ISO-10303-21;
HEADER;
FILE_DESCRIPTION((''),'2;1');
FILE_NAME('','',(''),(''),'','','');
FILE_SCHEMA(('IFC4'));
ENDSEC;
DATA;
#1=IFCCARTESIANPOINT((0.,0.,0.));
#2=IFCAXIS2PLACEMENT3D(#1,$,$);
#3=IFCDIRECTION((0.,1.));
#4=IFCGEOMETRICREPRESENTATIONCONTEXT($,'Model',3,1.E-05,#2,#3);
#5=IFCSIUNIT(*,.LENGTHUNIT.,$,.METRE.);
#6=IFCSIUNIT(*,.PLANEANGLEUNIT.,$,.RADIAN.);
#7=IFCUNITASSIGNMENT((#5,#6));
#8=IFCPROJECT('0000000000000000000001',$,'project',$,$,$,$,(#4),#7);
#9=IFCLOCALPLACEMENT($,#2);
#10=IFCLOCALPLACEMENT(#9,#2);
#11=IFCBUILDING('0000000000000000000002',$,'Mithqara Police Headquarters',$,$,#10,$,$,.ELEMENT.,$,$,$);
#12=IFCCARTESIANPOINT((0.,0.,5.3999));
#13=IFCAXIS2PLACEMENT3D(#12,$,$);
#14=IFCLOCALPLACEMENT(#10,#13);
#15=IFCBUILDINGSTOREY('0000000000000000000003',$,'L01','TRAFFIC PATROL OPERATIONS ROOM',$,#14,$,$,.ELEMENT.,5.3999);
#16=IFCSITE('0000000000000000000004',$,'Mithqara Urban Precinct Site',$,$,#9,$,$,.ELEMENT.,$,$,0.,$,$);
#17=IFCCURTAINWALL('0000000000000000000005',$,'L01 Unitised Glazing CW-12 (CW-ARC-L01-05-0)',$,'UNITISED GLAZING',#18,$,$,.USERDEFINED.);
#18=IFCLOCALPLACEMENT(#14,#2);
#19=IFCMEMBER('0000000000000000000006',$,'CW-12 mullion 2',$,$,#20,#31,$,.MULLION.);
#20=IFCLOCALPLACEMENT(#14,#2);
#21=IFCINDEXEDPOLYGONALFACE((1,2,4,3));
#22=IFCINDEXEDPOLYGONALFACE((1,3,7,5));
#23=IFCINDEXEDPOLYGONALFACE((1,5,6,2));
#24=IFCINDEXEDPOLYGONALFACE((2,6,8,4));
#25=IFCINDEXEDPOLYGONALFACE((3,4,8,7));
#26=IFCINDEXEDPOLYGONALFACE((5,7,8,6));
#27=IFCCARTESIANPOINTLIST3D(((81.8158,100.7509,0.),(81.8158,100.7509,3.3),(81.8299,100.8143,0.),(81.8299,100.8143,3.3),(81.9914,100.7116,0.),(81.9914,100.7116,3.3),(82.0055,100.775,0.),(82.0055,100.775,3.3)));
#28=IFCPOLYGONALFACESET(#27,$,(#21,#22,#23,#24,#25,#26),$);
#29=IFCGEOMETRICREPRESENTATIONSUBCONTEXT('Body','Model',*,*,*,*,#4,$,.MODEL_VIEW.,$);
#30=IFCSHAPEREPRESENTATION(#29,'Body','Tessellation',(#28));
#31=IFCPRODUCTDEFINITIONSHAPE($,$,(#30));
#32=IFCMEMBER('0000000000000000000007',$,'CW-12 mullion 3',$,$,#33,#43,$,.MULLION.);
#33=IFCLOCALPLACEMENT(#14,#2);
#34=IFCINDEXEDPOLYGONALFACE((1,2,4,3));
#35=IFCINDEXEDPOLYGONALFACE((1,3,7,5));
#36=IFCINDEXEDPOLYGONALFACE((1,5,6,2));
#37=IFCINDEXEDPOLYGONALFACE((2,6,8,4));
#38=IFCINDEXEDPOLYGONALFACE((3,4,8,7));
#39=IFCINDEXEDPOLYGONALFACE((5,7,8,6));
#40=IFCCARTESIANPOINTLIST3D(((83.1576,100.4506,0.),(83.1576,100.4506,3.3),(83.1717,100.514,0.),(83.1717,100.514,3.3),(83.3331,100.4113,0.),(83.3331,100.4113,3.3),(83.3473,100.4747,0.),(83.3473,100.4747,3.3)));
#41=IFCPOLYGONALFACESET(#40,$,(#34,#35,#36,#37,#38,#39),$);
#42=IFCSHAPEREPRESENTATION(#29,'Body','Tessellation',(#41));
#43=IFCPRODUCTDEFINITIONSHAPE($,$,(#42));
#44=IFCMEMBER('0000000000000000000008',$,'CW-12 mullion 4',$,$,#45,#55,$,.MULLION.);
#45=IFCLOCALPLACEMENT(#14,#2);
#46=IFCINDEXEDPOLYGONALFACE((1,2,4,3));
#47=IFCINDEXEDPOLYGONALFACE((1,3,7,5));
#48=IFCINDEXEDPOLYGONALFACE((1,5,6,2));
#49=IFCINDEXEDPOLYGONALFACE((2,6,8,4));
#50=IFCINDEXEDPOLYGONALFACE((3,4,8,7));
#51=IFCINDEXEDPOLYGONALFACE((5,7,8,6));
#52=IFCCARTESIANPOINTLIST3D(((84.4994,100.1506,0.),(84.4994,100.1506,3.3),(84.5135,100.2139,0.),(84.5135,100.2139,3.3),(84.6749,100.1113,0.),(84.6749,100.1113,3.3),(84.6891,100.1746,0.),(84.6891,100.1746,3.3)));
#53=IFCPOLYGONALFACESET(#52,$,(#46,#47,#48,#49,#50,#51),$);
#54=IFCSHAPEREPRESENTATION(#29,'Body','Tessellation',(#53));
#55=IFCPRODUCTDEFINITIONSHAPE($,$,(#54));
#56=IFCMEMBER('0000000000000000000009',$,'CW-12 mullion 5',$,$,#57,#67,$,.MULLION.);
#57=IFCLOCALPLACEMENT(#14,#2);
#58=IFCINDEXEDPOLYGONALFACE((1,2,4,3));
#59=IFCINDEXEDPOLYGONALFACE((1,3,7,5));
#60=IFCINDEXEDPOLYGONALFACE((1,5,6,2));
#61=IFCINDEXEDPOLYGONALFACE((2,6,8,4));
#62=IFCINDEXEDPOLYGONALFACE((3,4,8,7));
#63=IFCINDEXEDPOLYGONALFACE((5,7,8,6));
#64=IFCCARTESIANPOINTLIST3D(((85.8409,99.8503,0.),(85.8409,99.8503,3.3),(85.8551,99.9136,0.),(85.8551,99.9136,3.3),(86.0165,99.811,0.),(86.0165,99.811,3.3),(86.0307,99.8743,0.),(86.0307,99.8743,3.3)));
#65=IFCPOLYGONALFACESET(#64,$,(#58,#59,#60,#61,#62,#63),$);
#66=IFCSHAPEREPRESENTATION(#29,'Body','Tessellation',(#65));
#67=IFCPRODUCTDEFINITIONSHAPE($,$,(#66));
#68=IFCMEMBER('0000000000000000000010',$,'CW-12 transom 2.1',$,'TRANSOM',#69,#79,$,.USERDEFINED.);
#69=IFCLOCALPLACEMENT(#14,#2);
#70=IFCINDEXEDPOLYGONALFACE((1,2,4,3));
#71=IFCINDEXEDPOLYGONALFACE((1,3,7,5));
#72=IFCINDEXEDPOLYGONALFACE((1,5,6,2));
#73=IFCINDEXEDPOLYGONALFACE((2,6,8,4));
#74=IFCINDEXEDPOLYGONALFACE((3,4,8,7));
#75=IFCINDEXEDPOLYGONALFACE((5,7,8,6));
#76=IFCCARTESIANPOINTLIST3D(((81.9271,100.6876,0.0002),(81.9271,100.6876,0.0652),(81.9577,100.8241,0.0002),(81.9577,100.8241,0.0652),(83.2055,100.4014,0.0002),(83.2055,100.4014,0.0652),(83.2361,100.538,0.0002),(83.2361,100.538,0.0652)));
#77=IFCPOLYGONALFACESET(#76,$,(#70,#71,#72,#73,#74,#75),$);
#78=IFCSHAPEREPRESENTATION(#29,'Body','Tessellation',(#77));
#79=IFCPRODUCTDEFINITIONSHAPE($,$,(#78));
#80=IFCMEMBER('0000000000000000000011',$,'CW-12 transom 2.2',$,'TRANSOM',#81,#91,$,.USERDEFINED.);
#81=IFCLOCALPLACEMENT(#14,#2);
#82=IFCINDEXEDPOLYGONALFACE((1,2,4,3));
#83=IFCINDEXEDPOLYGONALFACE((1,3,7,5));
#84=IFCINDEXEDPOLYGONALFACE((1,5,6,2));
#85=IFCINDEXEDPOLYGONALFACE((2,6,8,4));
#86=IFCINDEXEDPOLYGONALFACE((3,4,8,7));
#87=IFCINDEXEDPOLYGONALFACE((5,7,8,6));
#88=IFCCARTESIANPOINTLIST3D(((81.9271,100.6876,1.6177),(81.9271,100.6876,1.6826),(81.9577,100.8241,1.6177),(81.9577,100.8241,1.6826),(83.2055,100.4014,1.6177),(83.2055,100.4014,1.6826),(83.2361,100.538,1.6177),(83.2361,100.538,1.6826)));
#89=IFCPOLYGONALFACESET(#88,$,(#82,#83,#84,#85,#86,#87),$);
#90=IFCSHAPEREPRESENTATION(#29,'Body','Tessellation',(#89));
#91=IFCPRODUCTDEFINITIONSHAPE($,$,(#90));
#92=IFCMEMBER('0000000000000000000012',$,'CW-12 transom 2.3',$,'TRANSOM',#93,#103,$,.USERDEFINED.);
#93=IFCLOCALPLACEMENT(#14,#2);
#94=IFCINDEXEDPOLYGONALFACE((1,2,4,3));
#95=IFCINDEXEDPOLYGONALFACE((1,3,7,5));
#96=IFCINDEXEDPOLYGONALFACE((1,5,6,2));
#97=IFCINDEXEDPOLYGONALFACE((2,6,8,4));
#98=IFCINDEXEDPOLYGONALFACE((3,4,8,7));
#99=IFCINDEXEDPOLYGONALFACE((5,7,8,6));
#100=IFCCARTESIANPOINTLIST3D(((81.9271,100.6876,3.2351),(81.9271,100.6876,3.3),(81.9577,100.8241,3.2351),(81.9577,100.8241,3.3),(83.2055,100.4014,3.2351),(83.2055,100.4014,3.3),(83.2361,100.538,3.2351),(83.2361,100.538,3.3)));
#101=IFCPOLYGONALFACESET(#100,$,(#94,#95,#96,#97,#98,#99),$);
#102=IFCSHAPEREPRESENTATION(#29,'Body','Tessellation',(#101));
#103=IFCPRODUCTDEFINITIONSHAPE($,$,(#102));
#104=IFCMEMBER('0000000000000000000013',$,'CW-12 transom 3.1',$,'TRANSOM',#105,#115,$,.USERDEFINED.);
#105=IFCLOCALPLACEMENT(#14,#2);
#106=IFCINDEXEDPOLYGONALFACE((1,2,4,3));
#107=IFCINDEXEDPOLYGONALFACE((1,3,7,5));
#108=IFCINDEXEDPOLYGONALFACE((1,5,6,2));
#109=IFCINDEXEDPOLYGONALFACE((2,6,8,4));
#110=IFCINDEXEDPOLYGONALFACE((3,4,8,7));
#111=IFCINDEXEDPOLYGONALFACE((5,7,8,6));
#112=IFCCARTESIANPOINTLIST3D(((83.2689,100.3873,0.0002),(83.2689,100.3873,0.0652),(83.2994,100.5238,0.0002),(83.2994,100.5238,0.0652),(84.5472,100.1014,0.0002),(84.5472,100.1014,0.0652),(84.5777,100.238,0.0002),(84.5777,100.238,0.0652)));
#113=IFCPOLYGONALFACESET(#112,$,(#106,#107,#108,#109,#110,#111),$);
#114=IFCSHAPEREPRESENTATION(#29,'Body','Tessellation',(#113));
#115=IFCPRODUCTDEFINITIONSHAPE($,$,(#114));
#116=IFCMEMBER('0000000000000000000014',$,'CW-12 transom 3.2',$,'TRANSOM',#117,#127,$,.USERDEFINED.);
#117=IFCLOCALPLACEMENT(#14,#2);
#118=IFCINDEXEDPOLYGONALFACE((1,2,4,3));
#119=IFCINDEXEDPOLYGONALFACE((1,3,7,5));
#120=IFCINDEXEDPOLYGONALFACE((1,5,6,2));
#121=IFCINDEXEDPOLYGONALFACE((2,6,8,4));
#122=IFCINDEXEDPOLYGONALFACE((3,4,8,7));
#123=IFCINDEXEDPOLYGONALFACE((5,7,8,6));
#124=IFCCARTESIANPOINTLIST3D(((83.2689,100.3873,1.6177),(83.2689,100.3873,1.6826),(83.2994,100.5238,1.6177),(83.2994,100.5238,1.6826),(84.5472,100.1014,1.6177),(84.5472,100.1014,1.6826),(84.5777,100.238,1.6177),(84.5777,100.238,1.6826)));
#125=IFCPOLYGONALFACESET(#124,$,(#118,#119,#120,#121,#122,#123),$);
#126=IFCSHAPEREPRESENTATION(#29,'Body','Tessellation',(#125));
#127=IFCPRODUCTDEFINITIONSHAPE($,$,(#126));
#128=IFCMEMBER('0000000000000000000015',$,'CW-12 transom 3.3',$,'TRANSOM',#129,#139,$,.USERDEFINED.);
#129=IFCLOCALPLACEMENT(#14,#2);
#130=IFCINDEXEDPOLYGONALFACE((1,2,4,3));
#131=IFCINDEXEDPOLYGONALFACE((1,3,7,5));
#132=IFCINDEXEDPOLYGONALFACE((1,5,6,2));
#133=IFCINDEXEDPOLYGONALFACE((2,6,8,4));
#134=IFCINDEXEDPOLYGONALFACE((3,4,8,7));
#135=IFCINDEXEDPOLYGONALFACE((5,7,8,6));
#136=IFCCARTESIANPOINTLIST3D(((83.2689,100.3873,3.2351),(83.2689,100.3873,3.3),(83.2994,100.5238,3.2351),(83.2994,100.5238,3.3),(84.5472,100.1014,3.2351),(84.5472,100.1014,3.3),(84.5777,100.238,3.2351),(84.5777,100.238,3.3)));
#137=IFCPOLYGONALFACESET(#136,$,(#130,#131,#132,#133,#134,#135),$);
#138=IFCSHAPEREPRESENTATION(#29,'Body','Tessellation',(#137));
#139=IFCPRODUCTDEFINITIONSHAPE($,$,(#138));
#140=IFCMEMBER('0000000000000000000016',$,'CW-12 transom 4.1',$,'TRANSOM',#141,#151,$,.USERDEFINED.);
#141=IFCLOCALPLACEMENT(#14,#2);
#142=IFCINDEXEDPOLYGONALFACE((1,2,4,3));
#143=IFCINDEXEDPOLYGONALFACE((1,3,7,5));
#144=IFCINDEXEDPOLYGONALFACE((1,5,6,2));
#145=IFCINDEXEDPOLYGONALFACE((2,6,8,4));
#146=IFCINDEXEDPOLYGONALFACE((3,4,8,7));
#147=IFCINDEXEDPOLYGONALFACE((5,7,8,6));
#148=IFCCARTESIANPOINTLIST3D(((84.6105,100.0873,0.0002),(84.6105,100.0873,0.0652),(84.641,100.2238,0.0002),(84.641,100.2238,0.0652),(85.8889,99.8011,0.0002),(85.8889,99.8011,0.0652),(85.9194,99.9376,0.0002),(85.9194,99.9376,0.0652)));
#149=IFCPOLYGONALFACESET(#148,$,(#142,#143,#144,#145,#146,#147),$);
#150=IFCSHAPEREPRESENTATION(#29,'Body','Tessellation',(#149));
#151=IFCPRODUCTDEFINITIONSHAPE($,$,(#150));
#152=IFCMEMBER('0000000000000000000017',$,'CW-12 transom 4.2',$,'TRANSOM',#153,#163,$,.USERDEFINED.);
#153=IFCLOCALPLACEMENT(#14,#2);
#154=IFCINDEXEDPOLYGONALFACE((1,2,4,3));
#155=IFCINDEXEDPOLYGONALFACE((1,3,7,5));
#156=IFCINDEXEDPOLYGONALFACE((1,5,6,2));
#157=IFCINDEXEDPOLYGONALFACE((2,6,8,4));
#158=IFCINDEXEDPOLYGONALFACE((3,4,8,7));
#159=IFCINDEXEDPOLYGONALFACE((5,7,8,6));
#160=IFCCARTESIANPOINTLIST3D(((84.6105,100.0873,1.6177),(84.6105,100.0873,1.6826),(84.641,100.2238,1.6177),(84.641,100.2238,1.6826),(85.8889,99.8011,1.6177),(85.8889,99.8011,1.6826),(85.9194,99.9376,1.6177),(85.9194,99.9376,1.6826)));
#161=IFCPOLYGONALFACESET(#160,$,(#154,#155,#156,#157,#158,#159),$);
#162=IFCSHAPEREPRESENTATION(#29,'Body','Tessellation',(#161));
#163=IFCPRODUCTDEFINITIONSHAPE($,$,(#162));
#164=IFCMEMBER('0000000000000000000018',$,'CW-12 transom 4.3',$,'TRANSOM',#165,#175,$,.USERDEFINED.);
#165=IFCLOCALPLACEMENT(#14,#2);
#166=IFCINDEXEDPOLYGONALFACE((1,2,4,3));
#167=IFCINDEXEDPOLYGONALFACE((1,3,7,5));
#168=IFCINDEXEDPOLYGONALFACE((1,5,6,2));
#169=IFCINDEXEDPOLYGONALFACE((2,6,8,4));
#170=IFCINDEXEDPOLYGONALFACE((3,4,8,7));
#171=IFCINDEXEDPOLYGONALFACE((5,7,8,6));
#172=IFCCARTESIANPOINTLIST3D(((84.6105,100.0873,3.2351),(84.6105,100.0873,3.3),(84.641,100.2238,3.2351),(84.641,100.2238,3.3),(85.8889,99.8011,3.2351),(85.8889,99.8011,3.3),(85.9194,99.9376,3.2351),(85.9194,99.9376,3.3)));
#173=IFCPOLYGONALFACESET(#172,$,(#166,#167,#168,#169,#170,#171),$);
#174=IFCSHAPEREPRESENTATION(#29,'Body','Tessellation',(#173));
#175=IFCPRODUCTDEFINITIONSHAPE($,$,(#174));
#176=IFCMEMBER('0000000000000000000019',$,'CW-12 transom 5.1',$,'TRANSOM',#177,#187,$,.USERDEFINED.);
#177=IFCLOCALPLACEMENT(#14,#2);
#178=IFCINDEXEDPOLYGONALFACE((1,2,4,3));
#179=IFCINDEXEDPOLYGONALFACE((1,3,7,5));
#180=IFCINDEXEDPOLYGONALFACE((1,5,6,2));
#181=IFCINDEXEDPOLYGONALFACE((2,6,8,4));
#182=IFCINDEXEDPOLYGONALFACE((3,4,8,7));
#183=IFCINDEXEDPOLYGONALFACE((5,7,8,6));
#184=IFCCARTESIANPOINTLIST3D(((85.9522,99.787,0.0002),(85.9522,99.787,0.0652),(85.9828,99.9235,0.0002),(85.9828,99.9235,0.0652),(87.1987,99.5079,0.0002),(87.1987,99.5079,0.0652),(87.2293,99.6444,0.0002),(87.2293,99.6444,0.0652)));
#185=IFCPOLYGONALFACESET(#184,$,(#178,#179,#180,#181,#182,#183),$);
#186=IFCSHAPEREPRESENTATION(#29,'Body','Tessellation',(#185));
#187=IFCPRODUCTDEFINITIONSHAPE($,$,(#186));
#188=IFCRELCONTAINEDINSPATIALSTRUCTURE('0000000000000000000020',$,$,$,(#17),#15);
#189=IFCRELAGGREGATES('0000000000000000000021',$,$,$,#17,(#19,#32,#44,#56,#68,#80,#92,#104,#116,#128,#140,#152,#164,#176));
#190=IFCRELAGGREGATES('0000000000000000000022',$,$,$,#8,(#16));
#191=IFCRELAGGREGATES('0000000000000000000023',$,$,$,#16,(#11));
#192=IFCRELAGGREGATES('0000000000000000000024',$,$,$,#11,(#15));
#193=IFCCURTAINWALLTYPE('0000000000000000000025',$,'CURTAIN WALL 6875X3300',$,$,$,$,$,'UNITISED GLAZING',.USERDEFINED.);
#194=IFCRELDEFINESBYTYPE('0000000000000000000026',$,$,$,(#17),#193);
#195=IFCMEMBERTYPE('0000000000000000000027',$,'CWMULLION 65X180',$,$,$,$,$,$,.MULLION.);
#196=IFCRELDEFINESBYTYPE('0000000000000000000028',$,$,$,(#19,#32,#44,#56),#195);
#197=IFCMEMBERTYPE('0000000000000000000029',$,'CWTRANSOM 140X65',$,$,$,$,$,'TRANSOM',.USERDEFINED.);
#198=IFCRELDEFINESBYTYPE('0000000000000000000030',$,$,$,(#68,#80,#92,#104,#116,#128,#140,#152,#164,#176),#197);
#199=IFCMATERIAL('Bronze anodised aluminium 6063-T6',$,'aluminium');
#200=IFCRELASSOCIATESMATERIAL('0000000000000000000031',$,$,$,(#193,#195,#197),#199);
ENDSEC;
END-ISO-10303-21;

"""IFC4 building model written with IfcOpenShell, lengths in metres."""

from ifc_helpers import new_model, si_unit, direction, frame, origin, origin_2d, place, context, subcontext, project, spatial, rectangle, extrude, material, material_profile, profile_set, type_object, element, aggregate, save


model = new_model("IFC4")

# Units and contexts
model_context = context("Model", 3, precision=1e-05, world=origin(), true_north=direction((0.0, 1.0)))
body_context = subcontext(model_context, "Body", "Model", "MODEL_VIEW")
ifc_project = project(units=[si_unit("LENGTHUNIT", "METRE"), si_unit("PLANEANGLEUNIT", "RADIAN")], contexts=[model_context])

# Site, building, storey
site_placement = place(None, origin())
site = spatial("IfcSite", under=ifc_project, at=site_placement, Name="Mithqara Urban Precinct Site", CompositionType="ELEMENT", RefElevation=0.0)
building_placement = place(site_placement, origin())
building = spatial("IfcBuilding", under=site, at=building_placement, Name="Mithqara Police Headquarters", CompositionType="ELEMENT")
storey_placement = place(building_placement, frame((0.0, 0.0, 5.3999)))
storey = spatial("IfcBuildingStorey", under=building, at=storey_placement, Name="L01", Description="TRAFFIC PATROL OPERATIONS ROOM", CompositionType="ELEMENT", Elevation=5.3999)

# Curtain wall, members
ifc_material_1 = material(Name="Bronze anodised aluminium 6063-T6", Category="aluminium")
curtain_wall_type = type_object("IfcCurtainWallType", Name="CURTAIN WALL 6875X3300", ElementType="UNITISED GLAZING", PredefinedType="USERDEFINED", material=ifc_material_1)
curtain_wall_placement = place(storey_placement, origin())
curtain_wall = element("IfcCurtainWall", 1, at=curtain_wall_placement, inside=storey, type_object=curtain_wall_type, Name="L01 Unitised Glazing CW-12 (CW-ARC-L01-05-0)", ObjectType="UNITISED GLAZING", PredefinedType="USERDEFINED")
ifc_material_profile_1 = material_profile(ifc_material_1, rectangle(XDim=0.0649, YDim=0.1799, at=origin_2d()), Name="CWM 65x180")
ifc_profile_set_1 = profile_set([ifc_material_profile_1], Name="Bronze anodised aluminium 6063-T6")
member_type_1 = type_object("IfcMemberType", Name="CWMULLION 65X180", PredefinedType="MULLION", material=ifc_profile_set_1)
member_1_placement = place(storey_placement, frame((81.9106, 100.7629, 0.0), z_axis=(0.0, 0.0, 1.0), x_axis=(0.218341, 0.975873, 0.0)))
member_1 = element("IfcMember", 2, at=member_1_placement, type_object=member_type_1, Name="CW-12 mullion 2", PredefinedType="MULLION", context=body_context, shape_type="SweptSolid", body=[
    extrude(rectangle(XDim=0.0649, YDim=0.1799, at=origin_2d()), origin(), (0.0, 0.0, 1.0), 3.3),
])
member_2_placement = place(storey_placement, frame((83.2524, 100.4626, 0.0), z_axis=(0.0, 0.0, 1.0), x_axis=(0.218341, 0.975873, 0.0)))
member_2 = element("IfcMember", 3, at=member_2_placement, type_object=member_type_1, Name="CW-12 mullion 3", PredefinedType="MULLION", context=body_context, shape_type="SweptSolid", body=[
    extrude(rectangle(XDim=0.0649, YDim=0.1799, at=origin_2d()), origin(), (0.0, 0.0, 1.0), 3.3),
])
member_3_placement = place(storey_placement, frame((84.5942, 100.1626, 0.0), z_axis=(0.0, 0.0, 1.0), x_axis=(0.218341, 0.975873, 0.0)))
member_3 = element("IfcMember", 4, at=member_3_placement, type_object=member_type_1, Name="CW-12 mullion 4", PredefinedType="MULLION", context=body_context, shape_type="SweptSolid", body=[
    extrude(rectangle(XDim=0.0649, YDim=0.1799, at=origin_2d()), origin(), (0.0, 0.0, 1.0), 3.3),
])
member_4_placement = place(storey_placement, frame((85.9358, 99.8623, 0.0), z_axis=(0.0, 0.0, 1.0), x_axis=(0.218341, 0.975873, 0.0)))
member_4 = element("IfcMember", 5, at=member_4_placement, type_object=member_type_1, Name="CW-12 mullion 5", PredefinedType="MULLION", context=body_context, shape_type="SweptSolid", body=[
    extrude(rectangle(XDim=0.0649, YDim=0.1799, at=origin_2d()), origin(), (0.0, 0.0, 1.0), 3.3),
])
ifc_material_profile_2 = material_profile(ifc_material_1, rectangle(XDim=0.1399, YDim=0.0649, at=origin_2d()), Name="CWT 140x65")
ifc_profile_set_2 = profile_set([ifc_material_profile_2], Name="Bronze anodised aluminium 6063-T6")
member_type_2 = type_object("IfcMemberType", Name="CWTRANSOM 140X65", ElementType="TRANSOM", PredefinedType="USERDEFINED", material=ifc_profile_set_2)
member_5_placement = place(storey_placement, frame((81.9424, 100.7559, 0.0327), z_axis=(0.975853, -0.21843, 0.0), x_axis=(0.21843, 0.975853, 0.0)))
member_5 = element("IfcMember", 6, at=member_5_placement, type_object=member_type_2, Name="CW-12 transom 2.1", ObjectType="TRANSOM", PredefinedType="USERDEFINED", context=body_context, shape_type="SweptSolid", body=[
    extrude(rectangle(XDim=0.1399, YDim=0.0649, at=origin_2d()), origin(), (0.0, 0.0, 1.0), 1.3101),
])
member_6_placement = place(storey_placement, frame((81.9424, 100.7559, 1.6501), z_axis=(0.975853, -0.21843, 0.0), x_axis=(0.21843, 0.975853, 0.0)))
member_6 = element("IfcMember", 7, at=member_6_placement, type_object=member_type_2, Name="CW-12 transom 2.2", ObjectType="TRANSOM", PredefinedType="USERDEFINED", context=body_context, shape_type="SweptSolid", body=[
    extrude(rectangle(XDim=0.1399, YDim=0.0649, at=origin_2d()), origin(), (0.0, 0.0, 1.0), 1.3101),
])
member_7_placement = place(storey_placement, frame((81.9424, 100.7559, 3.2676), z_axis=(0.975853, -0.21843, 0.0), x_axis=(0.21843, 0.975853, 0.0)))
member_7 = element("IfcMember", 8, at=member_7_placement, type_object=member_type_2, Name="CW-12 transom 2.3", ObjectType="TRANSOM", PredefinedType="USERDEFINED", context=body_context, shape_type="SweptSolid", body=[
    extrude(rectangle(XDim=0.1399, YDim=0.0649, at=origin_2d()), origin(), (0.0, 0.0, 1.0), 1.3101),
])
member_8_placement = place(storey_placement, frame((83.2842, 100.4556, 0.0327), z_axis=(0.975892, -0.218252, 0.0), x_axis=(0.218252, 0.975892, 0.0)))
member_8 = element("IfcMember", 9, at=member_8_placement, type_object=member_type_2, Name="CW-12 transom 3.1", ObjectType="TRANSOM", PredefinedType="USERDEFINED", context=body_context, shape_type="SweptSolid", body=[
    extrude(rectangle(XDim=0.1399, YDim=0.0649, at=origin_2d()), origin(), (0.0, 0.0, 1.0), 1.3098),
])
member_9_placement = place(storey_placement, frame((83.2842, 100.4556, 1.6501), z_axis=(0.975892, -0.218252, 0.0), x_axis=(0.218252, 0.975892, 0.0)))
member_9 = element("IfcMember", 10, at=member_9_placement, type_object=member_type_2, Name="CW-12 transom 3.2", ObjectType="TRANSOM", PredefinedType="USERDEFINED", context=body_context, shape_type="SweptSolid", body=[
    extrude(rectangle(XDim=0.1399, YDim=0.0649, at=origin_2d()), origin(), (0.0, 0.0, 1.0), 1.3098),
])
member_10_placement = place(storey_placement, frame((83.2842, 100.4556, 3.2676), z_axis=(0.975892, -0.218252, 0.0), x_axis=(0.218252, 0.975892, 0.0)))
member_10 = element("IfcMember", 11, at=member_10_placement, type_object=member_type_2, Name="CW-12 transom 3.3", ObjectType="TRANSOM", PredefinedType="USERDEFINED", context=body_context, shape_type="SweptSolid", body=[
    extrude(rectangle(XDim=0.1399, YDim=0.0649, at=origin_2d()), origin(), (0.0, 0.0, 1.0), 1.3098),
])
member_11_placement = place(storey_placement, frame((84.6257, 100.1555, 0.0327), z_axis=(0.975853, -0.21843, 0.0), x_axis=(0.21843, 0.975853, 0.0)))
member_11 = element("IfcMember", 12, at=member_11_placement, type_object=member_type_2, Name="CW-12 transom 4.1", ObjectType="TRANSOM", PredefinedType="USERDEFINED", context=body_context, shape_type="SweptSolid", body=[
    extrude(rectangle(XDim=0.1399, YDim=0.0649, at=origin_2d()), origin(), (0.0, 0.0, 1.0), 1.3101),
])
member_12_placement = place(storey_placement, frame((84.6257, 100.1555, 1.6501), z_axis=(0.975853, -0.21843, 0.0), x_axis=(0.21843, 0.975853, 0.0)))
member_12 = element("IfcMember", 13, at=member_12_placement, type_object=member_type_2, Name="CW-12 transom 4.2", ObjectType="TRANSOM", PredefinedType="USERDEFINED", context=body_context, shape_type="SweptSolid", body=[
    extrude(rectangle(XDim=0.1399, YDim=0.0649, at=origin_2d()), origin(), (0.0, 0.0, 1.0), 1.3101),
])
member_13_placement = place(storey_placement, frame((84.6257, 100.1555, 3.2676), z_axis=(0.975853, -0.21843, 0.0), x_axis=(0.21843, 0.975853, 0.0)))
member_13 = element("IfcMember", 14, at=member_13_placement, type_object=member_type_2, Name="CW-12 transom 4.3", ObjectType="TRANSOM", PredefinedType="USERDEFINED", context=body_context, shape_type="SweptSolid", body=[
    extrude(rectangle(XDim=0.1399, YDim=0.0649, at=origin_2d()), origin(), (0.0, 0.0, 1.0), 1.3101),
])
member_14_placement = place(storey_placement, frame((85.9675, 99.8552, 0.0327), z_axis=(0.975849, -0.218448, 0.0), x_axis=(0.218448, 0.975849, 0.0)))
member_14 = element("IfcMember", 15, at=member_14_placement, type_object=member_type_2, Name="CW-12 transom 5.1", ObjectType="TRANSOM", PredefinedType="USERDEFINED", context=body_context, shape_type="SweptSolid", body=[
    extrude(rectangle(XDim=0.1399, YDim=0.0649, at=origin_2d()), origin(), (0.0, 0.0, 1.0), 1.2773),
])
aggregate(curtain_wall, [member_1, member_2, member_3, member_4, member_5, member_6, member_7, member_8, member_9, member_10, member_11, member_12, member_13, member_14])

save(model, "model.ifc")
